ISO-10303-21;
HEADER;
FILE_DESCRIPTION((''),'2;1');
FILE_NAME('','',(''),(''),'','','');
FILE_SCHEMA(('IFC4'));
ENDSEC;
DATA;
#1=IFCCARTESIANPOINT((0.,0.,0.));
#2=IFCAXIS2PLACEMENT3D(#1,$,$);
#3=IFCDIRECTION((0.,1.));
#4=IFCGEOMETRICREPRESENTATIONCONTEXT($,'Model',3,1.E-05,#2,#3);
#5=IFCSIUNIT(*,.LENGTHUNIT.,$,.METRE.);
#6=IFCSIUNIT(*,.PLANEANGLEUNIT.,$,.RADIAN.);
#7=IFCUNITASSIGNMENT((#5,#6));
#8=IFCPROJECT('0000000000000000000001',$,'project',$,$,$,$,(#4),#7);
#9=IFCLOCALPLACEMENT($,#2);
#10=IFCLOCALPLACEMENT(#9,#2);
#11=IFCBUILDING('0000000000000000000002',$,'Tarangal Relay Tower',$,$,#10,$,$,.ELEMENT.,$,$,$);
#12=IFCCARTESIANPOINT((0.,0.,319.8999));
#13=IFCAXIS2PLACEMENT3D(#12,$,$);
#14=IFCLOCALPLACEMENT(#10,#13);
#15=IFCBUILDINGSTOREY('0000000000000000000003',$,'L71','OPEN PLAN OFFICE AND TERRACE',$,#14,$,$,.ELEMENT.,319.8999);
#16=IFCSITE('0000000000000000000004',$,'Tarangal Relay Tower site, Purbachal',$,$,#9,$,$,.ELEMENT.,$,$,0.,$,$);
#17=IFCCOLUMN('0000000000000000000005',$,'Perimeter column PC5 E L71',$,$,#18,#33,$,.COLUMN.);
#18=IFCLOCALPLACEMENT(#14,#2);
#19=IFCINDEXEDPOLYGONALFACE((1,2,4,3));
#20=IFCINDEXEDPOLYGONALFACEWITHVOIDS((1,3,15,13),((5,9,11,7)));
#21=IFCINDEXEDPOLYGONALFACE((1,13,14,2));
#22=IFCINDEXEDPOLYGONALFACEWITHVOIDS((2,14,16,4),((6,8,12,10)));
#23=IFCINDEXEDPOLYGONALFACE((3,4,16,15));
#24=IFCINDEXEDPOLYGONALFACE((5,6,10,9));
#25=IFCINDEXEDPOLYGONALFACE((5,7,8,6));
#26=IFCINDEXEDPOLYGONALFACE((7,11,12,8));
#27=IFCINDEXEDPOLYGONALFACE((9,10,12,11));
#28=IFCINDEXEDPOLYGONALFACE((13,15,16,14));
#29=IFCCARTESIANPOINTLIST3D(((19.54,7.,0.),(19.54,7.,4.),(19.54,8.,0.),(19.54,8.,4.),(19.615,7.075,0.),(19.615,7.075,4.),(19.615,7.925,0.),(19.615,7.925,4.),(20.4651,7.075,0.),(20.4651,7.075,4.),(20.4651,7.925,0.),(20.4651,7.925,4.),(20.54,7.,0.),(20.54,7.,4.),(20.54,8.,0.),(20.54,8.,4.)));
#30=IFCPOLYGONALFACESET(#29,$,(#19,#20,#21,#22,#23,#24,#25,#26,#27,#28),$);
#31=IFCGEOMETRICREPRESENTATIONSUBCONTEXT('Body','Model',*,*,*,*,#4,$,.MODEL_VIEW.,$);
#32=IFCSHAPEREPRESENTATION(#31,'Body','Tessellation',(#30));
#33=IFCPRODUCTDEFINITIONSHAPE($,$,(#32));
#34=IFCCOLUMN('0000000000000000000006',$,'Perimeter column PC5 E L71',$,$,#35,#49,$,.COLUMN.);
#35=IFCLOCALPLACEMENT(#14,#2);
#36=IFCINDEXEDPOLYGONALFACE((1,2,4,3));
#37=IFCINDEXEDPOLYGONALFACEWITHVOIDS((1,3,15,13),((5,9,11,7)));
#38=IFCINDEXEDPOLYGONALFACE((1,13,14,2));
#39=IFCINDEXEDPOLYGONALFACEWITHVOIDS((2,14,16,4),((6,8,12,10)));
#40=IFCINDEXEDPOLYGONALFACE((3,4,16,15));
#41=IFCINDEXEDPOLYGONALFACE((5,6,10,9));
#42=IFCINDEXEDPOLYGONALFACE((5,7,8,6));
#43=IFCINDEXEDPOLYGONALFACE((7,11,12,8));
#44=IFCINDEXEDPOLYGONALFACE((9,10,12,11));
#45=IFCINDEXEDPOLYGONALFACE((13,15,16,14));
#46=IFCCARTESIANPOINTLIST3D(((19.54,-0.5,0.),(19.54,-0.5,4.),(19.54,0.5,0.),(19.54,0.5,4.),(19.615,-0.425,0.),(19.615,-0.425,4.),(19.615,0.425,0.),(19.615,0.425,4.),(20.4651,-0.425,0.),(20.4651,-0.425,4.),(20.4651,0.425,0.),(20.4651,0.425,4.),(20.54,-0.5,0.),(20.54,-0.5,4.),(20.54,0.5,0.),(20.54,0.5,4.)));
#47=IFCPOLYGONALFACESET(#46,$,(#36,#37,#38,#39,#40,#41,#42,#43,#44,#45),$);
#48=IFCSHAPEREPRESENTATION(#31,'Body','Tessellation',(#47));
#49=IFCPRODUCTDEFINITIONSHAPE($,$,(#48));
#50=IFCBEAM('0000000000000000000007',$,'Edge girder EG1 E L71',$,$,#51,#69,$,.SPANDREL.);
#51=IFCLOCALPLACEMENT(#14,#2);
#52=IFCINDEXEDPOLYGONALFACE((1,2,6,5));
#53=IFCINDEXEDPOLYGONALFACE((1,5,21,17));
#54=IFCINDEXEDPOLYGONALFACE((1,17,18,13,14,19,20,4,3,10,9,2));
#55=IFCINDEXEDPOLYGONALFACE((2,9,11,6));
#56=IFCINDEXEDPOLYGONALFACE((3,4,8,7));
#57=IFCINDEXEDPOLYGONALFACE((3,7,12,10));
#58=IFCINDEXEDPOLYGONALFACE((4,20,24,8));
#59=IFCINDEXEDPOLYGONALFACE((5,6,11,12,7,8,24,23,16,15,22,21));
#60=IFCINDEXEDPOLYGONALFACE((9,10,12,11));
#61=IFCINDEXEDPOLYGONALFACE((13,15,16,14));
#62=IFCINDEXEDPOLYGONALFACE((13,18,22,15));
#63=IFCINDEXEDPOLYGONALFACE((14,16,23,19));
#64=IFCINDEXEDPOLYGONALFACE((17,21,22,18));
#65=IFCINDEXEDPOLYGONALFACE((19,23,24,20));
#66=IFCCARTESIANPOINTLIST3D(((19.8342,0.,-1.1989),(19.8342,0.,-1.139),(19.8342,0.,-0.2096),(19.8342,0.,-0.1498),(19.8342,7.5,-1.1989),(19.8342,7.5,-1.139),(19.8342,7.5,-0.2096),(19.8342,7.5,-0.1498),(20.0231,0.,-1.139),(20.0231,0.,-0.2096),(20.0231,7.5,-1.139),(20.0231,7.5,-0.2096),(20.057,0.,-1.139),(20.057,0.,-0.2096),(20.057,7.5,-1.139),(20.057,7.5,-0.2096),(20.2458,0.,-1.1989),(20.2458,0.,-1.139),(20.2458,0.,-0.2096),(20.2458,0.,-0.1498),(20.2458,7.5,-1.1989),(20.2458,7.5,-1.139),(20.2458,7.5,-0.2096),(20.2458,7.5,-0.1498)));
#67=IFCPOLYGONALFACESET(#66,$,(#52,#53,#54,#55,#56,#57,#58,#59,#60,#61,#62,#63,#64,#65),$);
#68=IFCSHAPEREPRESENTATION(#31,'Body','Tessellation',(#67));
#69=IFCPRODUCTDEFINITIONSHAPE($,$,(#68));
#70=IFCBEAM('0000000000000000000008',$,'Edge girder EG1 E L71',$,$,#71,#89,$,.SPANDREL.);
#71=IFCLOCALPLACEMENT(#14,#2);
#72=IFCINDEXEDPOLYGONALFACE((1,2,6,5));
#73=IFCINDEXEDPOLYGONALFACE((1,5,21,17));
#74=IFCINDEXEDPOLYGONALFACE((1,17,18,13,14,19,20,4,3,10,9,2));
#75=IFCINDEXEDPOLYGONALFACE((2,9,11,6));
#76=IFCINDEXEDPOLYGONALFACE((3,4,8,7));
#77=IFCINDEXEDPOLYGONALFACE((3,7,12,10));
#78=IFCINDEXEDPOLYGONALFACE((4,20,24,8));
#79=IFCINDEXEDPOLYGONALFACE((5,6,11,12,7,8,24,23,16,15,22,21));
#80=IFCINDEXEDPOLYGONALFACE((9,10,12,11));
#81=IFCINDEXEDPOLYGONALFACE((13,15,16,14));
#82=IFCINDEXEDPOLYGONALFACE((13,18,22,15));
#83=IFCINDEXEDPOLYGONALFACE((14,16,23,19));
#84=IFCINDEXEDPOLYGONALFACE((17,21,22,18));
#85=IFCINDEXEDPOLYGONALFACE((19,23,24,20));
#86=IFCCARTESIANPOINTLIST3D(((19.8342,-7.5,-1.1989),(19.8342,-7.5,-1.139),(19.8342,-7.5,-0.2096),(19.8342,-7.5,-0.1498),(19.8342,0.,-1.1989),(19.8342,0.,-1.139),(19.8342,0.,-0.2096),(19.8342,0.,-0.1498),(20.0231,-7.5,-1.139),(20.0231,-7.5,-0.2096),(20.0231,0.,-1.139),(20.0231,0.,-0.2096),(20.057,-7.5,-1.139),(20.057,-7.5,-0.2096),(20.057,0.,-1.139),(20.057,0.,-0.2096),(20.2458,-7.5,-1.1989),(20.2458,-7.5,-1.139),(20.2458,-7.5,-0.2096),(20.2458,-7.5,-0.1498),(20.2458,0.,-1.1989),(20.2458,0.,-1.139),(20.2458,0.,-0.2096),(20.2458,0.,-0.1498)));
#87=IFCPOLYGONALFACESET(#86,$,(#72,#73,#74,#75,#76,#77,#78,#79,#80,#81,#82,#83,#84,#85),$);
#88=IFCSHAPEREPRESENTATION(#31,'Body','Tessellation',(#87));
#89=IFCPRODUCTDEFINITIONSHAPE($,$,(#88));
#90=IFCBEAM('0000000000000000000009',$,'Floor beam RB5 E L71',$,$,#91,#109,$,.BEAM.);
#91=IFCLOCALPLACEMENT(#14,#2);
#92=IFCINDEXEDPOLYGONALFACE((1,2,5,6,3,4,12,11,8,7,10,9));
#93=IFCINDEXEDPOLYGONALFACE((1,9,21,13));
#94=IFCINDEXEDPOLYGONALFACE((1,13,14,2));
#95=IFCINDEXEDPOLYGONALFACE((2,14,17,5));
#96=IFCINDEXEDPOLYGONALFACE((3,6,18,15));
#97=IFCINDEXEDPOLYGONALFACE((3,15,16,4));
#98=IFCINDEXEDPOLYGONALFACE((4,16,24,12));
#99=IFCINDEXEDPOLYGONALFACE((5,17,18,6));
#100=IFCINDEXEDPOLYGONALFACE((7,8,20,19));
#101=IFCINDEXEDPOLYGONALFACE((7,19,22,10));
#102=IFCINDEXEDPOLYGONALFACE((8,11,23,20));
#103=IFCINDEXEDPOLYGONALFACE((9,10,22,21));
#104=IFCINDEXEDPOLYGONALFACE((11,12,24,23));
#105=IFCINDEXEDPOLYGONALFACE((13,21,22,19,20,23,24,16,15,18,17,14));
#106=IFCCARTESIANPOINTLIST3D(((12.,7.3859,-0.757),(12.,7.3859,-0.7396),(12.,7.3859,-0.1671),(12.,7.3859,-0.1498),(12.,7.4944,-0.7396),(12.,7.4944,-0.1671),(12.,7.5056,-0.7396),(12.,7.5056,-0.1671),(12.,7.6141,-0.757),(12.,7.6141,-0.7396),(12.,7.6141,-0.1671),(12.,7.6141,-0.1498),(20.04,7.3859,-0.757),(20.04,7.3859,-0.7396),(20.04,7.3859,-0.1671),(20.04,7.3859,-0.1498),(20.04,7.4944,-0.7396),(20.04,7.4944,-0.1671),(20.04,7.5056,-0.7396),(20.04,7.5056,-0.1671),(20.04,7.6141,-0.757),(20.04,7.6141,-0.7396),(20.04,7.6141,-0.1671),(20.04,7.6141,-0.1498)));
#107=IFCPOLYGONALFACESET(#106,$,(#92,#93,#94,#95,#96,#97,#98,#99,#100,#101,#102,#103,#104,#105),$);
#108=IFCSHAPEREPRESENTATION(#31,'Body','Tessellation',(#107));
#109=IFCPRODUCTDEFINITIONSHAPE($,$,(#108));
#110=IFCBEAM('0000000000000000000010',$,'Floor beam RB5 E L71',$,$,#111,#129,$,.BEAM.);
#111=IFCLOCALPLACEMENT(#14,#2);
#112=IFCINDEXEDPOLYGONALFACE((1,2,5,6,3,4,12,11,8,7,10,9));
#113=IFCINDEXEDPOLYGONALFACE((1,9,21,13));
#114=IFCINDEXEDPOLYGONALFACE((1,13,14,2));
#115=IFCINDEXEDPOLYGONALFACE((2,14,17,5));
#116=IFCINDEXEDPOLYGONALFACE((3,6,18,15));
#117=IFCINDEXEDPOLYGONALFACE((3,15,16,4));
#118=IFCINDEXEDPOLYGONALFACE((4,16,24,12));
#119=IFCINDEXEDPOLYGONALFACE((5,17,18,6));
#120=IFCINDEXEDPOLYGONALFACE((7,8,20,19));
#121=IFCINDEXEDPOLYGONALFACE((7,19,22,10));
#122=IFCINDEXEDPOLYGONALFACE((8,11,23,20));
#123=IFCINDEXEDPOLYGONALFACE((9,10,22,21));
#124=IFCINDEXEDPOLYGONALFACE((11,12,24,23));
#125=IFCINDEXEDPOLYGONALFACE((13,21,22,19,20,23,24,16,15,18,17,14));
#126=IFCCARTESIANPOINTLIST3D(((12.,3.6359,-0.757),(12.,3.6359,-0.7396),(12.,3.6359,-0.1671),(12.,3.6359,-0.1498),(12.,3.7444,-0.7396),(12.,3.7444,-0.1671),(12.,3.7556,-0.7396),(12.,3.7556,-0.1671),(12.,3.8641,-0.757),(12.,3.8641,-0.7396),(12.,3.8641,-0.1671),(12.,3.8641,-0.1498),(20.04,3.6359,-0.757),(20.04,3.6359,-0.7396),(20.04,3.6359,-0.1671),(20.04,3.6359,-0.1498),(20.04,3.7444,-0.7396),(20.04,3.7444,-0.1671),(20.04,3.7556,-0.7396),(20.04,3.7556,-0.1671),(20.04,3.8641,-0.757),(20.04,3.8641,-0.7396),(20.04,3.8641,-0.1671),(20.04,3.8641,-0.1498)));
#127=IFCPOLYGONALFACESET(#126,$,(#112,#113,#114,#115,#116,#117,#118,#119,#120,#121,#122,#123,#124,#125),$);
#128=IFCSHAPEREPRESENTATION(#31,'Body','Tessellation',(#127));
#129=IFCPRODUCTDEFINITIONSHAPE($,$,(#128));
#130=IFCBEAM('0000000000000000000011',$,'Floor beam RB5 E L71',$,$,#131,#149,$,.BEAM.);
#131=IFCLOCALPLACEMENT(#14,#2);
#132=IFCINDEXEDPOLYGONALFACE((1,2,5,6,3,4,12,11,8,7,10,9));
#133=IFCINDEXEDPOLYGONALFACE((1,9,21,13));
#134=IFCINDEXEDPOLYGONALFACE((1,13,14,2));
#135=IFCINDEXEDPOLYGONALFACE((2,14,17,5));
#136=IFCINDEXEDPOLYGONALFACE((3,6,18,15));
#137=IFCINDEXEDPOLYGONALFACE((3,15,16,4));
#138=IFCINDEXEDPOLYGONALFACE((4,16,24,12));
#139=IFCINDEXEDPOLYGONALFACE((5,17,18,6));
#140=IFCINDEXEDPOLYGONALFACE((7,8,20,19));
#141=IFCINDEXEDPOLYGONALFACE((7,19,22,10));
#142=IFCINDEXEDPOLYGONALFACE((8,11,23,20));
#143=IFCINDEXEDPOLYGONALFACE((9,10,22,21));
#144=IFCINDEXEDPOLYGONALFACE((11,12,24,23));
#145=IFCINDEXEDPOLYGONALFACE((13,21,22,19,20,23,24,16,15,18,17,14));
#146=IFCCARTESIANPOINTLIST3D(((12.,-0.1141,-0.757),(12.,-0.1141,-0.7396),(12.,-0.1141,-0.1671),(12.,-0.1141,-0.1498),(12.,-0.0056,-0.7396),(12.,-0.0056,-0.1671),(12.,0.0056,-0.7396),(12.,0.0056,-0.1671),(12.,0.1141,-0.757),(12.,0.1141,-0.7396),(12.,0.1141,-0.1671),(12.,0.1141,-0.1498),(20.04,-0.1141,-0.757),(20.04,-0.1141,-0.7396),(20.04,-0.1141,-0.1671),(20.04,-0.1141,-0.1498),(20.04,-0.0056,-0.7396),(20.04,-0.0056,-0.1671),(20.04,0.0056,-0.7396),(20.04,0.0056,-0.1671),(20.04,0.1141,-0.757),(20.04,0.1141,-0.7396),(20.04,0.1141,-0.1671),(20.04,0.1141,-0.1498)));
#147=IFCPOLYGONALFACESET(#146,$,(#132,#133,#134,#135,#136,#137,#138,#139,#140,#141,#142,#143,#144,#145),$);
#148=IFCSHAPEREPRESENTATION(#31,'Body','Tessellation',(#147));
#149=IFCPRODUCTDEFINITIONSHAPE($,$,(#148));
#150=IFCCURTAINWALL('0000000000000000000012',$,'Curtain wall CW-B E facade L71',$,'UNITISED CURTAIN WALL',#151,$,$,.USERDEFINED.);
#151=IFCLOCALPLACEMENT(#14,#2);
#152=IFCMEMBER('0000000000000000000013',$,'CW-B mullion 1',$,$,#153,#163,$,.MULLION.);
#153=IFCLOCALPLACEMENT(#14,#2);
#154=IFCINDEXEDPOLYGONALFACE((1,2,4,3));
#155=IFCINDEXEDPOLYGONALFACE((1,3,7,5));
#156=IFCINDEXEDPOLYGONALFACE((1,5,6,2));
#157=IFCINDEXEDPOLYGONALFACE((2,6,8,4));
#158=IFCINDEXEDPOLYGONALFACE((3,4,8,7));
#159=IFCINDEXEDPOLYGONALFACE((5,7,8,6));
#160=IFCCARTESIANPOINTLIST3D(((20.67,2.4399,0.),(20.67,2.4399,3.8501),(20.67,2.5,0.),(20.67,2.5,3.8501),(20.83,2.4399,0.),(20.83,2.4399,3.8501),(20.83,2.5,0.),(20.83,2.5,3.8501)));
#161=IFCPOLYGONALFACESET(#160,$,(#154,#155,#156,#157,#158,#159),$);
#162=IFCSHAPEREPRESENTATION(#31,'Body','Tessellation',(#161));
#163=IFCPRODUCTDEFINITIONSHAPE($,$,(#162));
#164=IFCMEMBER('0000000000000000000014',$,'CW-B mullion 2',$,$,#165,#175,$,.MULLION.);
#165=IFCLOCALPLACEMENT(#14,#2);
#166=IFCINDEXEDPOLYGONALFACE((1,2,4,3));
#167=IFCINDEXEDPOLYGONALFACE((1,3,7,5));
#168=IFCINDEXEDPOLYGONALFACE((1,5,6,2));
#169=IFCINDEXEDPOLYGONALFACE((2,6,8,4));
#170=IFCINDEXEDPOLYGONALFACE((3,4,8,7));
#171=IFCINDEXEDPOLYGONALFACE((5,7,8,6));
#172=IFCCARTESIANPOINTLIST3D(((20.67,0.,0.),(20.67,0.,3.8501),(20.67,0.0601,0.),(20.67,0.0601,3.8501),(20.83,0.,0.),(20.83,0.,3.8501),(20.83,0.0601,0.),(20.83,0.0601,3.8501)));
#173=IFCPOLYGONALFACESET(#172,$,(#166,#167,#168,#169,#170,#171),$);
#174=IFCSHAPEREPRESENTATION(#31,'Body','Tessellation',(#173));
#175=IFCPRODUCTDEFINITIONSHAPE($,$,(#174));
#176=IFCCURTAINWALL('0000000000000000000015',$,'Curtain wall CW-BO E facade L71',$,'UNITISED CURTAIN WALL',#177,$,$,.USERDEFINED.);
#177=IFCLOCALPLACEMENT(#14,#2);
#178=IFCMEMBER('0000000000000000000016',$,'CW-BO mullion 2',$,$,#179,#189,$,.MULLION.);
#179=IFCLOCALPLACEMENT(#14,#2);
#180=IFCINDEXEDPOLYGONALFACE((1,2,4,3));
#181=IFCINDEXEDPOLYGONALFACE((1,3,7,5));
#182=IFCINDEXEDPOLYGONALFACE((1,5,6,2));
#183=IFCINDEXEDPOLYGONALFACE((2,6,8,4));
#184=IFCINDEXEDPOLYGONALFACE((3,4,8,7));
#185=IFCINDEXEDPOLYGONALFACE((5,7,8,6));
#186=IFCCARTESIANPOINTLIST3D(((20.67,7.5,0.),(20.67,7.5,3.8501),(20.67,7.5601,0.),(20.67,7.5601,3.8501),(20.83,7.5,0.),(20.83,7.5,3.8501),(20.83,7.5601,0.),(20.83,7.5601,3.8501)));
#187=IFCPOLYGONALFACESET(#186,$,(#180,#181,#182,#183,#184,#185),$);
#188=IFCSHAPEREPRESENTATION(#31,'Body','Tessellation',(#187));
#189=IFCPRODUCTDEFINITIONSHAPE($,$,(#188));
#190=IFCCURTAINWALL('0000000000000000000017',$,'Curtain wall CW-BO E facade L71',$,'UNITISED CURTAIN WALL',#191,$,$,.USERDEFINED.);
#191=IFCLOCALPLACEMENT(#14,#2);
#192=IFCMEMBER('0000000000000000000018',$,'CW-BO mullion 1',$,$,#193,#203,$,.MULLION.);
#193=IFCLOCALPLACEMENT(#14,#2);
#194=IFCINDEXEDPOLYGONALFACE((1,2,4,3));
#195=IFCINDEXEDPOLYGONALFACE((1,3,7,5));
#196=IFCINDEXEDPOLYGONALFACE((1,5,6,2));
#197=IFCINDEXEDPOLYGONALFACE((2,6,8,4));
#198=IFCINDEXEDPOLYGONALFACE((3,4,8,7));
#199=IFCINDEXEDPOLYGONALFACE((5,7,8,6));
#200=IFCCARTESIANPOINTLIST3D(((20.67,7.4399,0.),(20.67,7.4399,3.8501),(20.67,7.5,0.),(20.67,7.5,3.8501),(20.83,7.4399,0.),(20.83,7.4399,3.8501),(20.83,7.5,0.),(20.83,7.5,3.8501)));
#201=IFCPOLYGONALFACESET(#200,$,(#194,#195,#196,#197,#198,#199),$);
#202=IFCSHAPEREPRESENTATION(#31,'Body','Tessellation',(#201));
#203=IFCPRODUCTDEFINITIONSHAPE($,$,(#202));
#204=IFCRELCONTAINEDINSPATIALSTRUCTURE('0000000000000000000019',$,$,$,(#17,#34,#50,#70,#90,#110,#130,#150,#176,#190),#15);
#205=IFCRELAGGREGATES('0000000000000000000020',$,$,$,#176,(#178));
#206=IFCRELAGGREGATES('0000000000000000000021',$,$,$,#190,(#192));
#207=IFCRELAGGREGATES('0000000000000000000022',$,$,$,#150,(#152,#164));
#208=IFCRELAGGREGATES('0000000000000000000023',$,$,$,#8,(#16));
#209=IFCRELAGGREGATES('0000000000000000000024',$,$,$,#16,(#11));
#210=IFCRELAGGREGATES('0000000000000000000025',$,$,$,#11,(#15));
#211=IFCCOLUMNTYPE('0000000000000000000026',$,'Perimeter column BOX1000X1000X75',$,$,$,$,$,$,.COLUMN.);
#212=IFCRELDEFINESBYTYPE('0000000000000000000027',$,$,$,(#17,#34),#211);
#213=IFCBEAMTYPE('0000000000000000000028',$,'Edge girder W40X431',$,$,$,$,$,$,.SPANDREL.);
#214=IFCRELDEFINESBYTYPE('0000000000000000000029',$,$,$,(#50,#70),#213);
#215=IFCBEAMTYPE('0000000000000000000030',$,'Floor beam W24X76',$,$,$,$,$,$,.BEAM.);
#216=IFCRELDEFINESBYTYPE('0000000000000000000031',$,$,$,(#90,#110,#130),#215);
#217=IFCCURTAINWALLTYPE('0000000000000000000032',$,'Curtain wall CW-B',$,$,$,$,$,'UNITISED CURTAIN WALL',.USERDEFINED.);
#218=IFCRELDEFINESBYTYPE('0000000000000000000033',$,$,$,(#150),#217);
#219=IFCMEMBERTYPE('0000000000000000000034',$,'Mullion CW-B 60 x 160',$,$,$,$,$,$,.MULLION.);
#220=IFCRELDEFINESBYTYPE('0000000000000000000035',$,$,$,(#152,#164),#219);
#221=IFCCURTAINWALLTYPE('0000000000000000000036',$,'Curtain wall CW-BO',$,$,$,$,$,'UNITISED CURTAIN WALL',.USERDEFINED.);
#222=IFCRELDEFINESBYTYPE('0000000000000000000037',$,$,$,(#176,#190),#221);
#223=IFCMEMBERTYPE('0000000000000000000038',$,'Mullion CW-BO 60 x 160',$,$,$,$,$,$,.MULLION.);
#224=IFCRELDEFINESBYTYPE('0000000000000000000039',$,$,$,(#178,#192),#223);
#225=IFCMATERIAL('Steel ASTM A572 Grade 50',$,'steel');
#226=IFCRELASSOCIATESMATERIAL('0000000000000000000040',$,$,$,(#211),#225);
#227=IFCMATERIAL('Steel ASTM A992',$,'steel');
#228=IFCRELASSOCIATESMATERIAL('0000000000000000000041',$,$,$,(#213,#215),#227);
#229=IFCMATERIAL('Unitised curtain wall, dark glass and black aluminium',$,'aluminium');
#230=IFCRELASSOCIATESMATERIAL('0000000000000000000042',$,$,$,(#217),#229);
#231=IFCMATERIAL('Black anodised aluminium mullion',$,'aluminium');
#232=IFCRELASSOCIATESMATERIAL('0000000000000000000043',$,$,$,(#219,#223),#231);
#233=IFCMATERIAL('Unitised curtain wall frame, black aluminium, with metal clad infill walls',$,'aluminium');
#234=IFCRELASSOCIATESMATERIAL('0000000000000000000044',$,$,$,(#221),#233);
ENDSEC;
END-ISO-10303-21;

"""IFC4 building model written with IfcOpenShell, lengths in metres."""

from ifc_helpers import new_model, si_unit, direction, frame, origin, origin_2d, place, context, subcontext, project, spatial, rectangle, hollow_rectangle, i_section, extrude, material, material_profile, profile_set, type_object, element, aggregate, save


model = new_model("IFC4")

# Units and contexts
model_context = context("Model", 3, precision=1e-05, world=origin(), true_north=direction((0.0, 1.0)))
body_context = subcontext(model_context, "Body", "Model", "MODEL_VIEW")
ifc_project = project(units=[si_unit("LENGTHUNIT", "METRE"), si_unit("PLANEANGLEUNIT", "RADIAN")], contexts=[model_context])

# Site, building, storey
site_placement = place(None, origin())
site = spatial("IfcSite", under=ifc_project, at=site_placement, Name="Tarangal Relay Tower site, Purbachal", CompositionType="ELEMENT", RefElevation=0.0)
building_placement = place(site_placement, origin())
building = spatial("IfcBuilding", under=site, at=building_placement, Name="Tarangal Relay Tower", CompositionType="ELEMENT")
storey_placement = place(building_placement, frame((0.0, 0.0, 319.8999)))
storey = spatial("IfcBuildingStorey", under=building, at=storey_placement, Name="L71", Description="OPEN PLAN OFFICE AND TERRACE", CompositionType="ELEMENT", Elevation=319.8999)

# Columns
ifc_material_1 = material(Name="Steel ASTM A572 Grade 50", Category="steel")
ifc_material_profile_1 = material_profile(ifc_material_1, hollow_rectangle(XDim=1.0, YDim=1.0, WallThickness=0.075, at=origin_2d()), Name="BOX1000X1000X75")
ifc_profile_set_1 = profile_set([ifc_material_profile_1], Name="Steel ASTM A572 Grade 50")
column_type = type_object("IfcColumnType", Name="Perimeter column BOX1000X1000X75", PredefinedType="COLUMN", material=ifc_profile_set_1)
for number, where, z_axis, x_axis, name in (
    (1, (20.04, 7.5, 0.0), (0.0, 0.0, 1.0), (1.0, 0.0, 0.0), "Perimeter column PC5 E L71"),
    (2, (20.04, 0.0, 0.0), (0.0, 0.0, 1.0), (1.0, 0.0, 0.0), "Perimeter column PC5 E L71"),
):
    element("IfcColumn", number, at=place(storey_placement, frame(where, z_axis=z_axis, x_axis=x_axis)), inside=storey, type_object=column_type, Name=name, PredefinedType="COLUMN", context=body_context, shape_type="SweptSolid", body=[
        extrude(hollow_rectangle(XDim=1.0, YDim=1.0, WallThickness=0.075, at=origin_2d()), origin(), (0.0, 0.0, 1.0), 4.0),
    ])

# Beams
ifc_material_2 = material(Name="Steel ASTM A992", Category="steel")
ifc_material_profile_2 = material_profile(ifc_material_2, i_section(OverallWidth=0.4116, OverallDepth=1.0491, WebThickness=0.0339, FlangeThickness=0.0598, at=origin_2d()), Name="W40X431")
ifc_profile_set_2 = profile_set([ifc_material_profile_2], Name="Steel ASTM A992")
beam_type_1 = type_object("IfcBeamType", Name="Edge girder W40X431", PredefinedType="SPANDREL", material=ifc_profile_set_2)
for number, where, z_axis, x_axis, name in (
    (3, (20.04, 7.5, -0.6743), (0.0, -1.0, 0.0), (1.0, 0.0, 0.0), "Edge girder EG1 E L71"),
    (4, (20.04, 0.0, -0.6743), (0.0, -1.0, 0.0), (1.0, 0.0, 0.0), "Edge girder EG1 E L71"),
):
    element("IfcBeam", number, at=place(storey_placement, frame(where, z_axis=z_axis, x_axis=x_axis)), inside=storey, type_object=beam_type_1, Name=name, PredefinedType="SPANDREL", context=body_context, shape_type="SweptSolid", body=[
        extrude(i_section(OverallWidth=0.4116, OverallDepth=1.0491, WebThickness=0.0339, FlangeThickness=0.0598, at=origin_2d()), origin(), (0.0, 0.0, 1.0), 7.5),
    ])
ifc_material_profile_3 = material_profile(ifc_material_2, i_section(OverallWidth=0.2283, OverallDepth=0.6072, WebThickness=0.0112, FlangeThickness=0.0173, at=origin_2d()), Name="W24X76")
ifc_profile_set_3 = profile_set([ifc_material_profile_3], Name="Steel ASTM A992")
beam_type_2 = type_object("IfcBeamType", Name="Floor beam W24X76", PredefinedType="BEAM", material=ifc_profile_set_3)
for number, where, z_axis, x_axis, name in (
    (5, (12.0, 7.5, -0.4534), (1.0, 0.0, 0.0), (0.0, 1.0, 0.0), "Floor beam RB5 E L71"),
    (6, (12.0, 3.75, -0.4534), (1.0, 0.0, 0.0), (0.0, 1.0, 0.0), "Floor beam RB5 E L71"),
    (7, (12.0, 0.0, -0.4534), (1.0, 0.0, 0.0), (0.0, 1.0, 0.0), "Floor beam RB5 E L71"),
):
    element("IfcBeam", number, at=place(storey_placement, frame(where, z_axis=z_axis, x_axis=x_axis)), inside=storey, type_object=beam_type_2, Name=name, PredefinedType="BEAM", context=body_context, shape_type="SweptSolid", body=[
        extrude(i_section(OverallWidth=0.2283, OverallDepth=0.6072, WebThickness=0.0112, FlangeThickness=0.0173, at=origin_2d()), origin(), (0.0, 0.0, 1.0), 8.04),
    ])

# Curtain wall, members
ifc_material_3 = material(Name="Unitised curtain wall, dark glass and black aluminium", Category="aluminium")
curtain_wall_type_1 = type_object("IfcCurtainWallType", Name="Curtain wall CW-B", ElementType="UNITISED CURTAIN WALL", PredefinedType="USERDEFINED", material=ifc_material_3)
curtain_wall_1_placement = place(storey_placement, origin())
curtain_wall_1 = element("IfcCurtainWall", 8, at=curtain_wall_1_placement, inside=storey, type_object=curtain_wall_type_1, Name="Curtain wall CW-B E facade L71", ObjectType="UNITISED CURTAIN WALL", PredefinedType="USERDEFINED")
ifc_material_4 = material(Name="Black anodised aluminium mullion", Category="aluminium")
ifc_material_profile_4 = material_profile(ifc_material_4, rectangle(XDim=0.1599, YDim=0.0601, at=origin_2d()), Name="CW-BM 60X160")
ifc_profile_set_4 = profile_set([ifc_material_profile_4], Name="Black anodised aluminium mullion")
member_type_1 = type_object("IfcMemberType", Name="Mullion CW-B 60 x 160", PredefinedType="MULLION", material=ifc_profile_set_4)
member_1_placement = place(storey_placement, frame((20.75, 2.47, 0.0), z_axis=(0.0, 0.0, 1.0), x_axis=(1.0, 0.0, 0.0)))
member_1 = element("IfcMember", 9, at=member_1_placement, type_object=member_type_1, Name="CW-B mullion 1", PredefinedType="MULLION", context=body_context, shape_type="SweptSolid", body=[
    extrude(rectangle(XDim=0.1599, YDim=0.0601, at=origin_2d()), origin(), (0.0, 0.0, 1.0), 3.8501),
])
member_2_placement = place(storey_placement, frame((20.75, 0.03, 0.0), z_axis=(0.0, 0.0, 1.0), x_axis=(1.0, 0.0, 0.0)))
member_2 = element("IfcMember", 10, at=member_2_placement, type_object=member_type_1, Name="CW-B mullion 2", PredefinedType="MULLION", context=body_context, shape_type="SweptSolid", body=[
    extrude(rectangle(XDim=0.1599, YDim=0.0601, at=origin_2d()), origin(), (0.0, 0.0, 1.0), 3.8501),
])

# Curtain wall, member
ifc_material_5 = material(Name="Unitised curtain wall frame, black aluminium, with metal clad infill walls", Category="aluminium")
curtain_wall_type_2 = type_object("IfcCurtainWallType", Name="Curtain wall CW-BO", ElementType="UNITISED CURTAIN WALL", PredefinedType="USERDEFINED", material=ifc_material_5)
curtain_wall_2_placement = place(storey_placement, origin())
curtain_wall_2 = element("IfcCurtainWall", 11, at=curtain_wall_2_placement, inside=storey, type_object=curtain_wall_type_2, Name="Curtain wall CW-BO E facade L71", ObjectType="UNITISED CURTAIN WALL", PredefinedType="USERDEFINED")
ifc_material_profile_5 = material_profile(ifc_material_4, rectangle(XDim=0.1599, YDim=0.0601, at=origin_2d()), Name="CW-BOM 60X160")
ifc_profile_set_5 = profile_set([ifc_material_profile_5], Name="Black anodised aluminium mullion")
member_type_2 = type_object("IfcMemberType", Name="Mullion CW-BO 60 x 160", PredefinedType="MULLION", material=ifc_profile_set_5)
member_3_placement = place(storey_placement, frame((20.75, 7.53, 0.0), z_axis=(0.0, 0.0, 1.0), x_axis=(1.0, 0.0, 0.0)))
member_3 = element("IfcMember", 12, at=member_3_placement, type_object=member_type_2, Name="CW-BO mullion 2", PredefinedType="MULLION", context=body_context, shape_type="SweptSolid", body=[
    extrude(rectangle(XDim=0.1599, YDim=0.0601, at=origin_2d()), origin(), (0.0, 0.0, 1.0), 3.8501),
])

# Curtain wall, member
curtain_wall_3_placement = place(storey_placement, origin())
curtain_wall_3 = element("IfcCurtainWall", 13, at=curtain_wall_3_placement, inside=storey, type_object=curtain_wall_type_2, Name="Curtain wall CW-BO E facade L71", ObjectType="UNITISED CURTAIN WALL", PredefinedType="USERDEFINED")
member_4_placement = place(storey_placement, frame((20.75, 7.47, 0.0), z_axis=(0.0, 0.0, 1.0), x_axis=(1.0, 0.0, 0.0)))
member_4 = element("IfcMember", 14, at=member_4_placement, type_object=member_type_2, Name="CW-BO mullion 1", PredefinedType="MULLION", context=body_context, shape_type="SweptSolid", body=[
    extrude(rectangle(XDim=0.1599, YDim=0.0601, at=origin_2d()), origin(), (0.0, 0.0, 1.0), 3.8501),
])

aggregate(curtain_wall_2, [member_3])
aggregate(curtain_wall_3, [member_4])

aggregate(curtain_wall_1, [member_1, member_2])

save(model, "model.ifc")
